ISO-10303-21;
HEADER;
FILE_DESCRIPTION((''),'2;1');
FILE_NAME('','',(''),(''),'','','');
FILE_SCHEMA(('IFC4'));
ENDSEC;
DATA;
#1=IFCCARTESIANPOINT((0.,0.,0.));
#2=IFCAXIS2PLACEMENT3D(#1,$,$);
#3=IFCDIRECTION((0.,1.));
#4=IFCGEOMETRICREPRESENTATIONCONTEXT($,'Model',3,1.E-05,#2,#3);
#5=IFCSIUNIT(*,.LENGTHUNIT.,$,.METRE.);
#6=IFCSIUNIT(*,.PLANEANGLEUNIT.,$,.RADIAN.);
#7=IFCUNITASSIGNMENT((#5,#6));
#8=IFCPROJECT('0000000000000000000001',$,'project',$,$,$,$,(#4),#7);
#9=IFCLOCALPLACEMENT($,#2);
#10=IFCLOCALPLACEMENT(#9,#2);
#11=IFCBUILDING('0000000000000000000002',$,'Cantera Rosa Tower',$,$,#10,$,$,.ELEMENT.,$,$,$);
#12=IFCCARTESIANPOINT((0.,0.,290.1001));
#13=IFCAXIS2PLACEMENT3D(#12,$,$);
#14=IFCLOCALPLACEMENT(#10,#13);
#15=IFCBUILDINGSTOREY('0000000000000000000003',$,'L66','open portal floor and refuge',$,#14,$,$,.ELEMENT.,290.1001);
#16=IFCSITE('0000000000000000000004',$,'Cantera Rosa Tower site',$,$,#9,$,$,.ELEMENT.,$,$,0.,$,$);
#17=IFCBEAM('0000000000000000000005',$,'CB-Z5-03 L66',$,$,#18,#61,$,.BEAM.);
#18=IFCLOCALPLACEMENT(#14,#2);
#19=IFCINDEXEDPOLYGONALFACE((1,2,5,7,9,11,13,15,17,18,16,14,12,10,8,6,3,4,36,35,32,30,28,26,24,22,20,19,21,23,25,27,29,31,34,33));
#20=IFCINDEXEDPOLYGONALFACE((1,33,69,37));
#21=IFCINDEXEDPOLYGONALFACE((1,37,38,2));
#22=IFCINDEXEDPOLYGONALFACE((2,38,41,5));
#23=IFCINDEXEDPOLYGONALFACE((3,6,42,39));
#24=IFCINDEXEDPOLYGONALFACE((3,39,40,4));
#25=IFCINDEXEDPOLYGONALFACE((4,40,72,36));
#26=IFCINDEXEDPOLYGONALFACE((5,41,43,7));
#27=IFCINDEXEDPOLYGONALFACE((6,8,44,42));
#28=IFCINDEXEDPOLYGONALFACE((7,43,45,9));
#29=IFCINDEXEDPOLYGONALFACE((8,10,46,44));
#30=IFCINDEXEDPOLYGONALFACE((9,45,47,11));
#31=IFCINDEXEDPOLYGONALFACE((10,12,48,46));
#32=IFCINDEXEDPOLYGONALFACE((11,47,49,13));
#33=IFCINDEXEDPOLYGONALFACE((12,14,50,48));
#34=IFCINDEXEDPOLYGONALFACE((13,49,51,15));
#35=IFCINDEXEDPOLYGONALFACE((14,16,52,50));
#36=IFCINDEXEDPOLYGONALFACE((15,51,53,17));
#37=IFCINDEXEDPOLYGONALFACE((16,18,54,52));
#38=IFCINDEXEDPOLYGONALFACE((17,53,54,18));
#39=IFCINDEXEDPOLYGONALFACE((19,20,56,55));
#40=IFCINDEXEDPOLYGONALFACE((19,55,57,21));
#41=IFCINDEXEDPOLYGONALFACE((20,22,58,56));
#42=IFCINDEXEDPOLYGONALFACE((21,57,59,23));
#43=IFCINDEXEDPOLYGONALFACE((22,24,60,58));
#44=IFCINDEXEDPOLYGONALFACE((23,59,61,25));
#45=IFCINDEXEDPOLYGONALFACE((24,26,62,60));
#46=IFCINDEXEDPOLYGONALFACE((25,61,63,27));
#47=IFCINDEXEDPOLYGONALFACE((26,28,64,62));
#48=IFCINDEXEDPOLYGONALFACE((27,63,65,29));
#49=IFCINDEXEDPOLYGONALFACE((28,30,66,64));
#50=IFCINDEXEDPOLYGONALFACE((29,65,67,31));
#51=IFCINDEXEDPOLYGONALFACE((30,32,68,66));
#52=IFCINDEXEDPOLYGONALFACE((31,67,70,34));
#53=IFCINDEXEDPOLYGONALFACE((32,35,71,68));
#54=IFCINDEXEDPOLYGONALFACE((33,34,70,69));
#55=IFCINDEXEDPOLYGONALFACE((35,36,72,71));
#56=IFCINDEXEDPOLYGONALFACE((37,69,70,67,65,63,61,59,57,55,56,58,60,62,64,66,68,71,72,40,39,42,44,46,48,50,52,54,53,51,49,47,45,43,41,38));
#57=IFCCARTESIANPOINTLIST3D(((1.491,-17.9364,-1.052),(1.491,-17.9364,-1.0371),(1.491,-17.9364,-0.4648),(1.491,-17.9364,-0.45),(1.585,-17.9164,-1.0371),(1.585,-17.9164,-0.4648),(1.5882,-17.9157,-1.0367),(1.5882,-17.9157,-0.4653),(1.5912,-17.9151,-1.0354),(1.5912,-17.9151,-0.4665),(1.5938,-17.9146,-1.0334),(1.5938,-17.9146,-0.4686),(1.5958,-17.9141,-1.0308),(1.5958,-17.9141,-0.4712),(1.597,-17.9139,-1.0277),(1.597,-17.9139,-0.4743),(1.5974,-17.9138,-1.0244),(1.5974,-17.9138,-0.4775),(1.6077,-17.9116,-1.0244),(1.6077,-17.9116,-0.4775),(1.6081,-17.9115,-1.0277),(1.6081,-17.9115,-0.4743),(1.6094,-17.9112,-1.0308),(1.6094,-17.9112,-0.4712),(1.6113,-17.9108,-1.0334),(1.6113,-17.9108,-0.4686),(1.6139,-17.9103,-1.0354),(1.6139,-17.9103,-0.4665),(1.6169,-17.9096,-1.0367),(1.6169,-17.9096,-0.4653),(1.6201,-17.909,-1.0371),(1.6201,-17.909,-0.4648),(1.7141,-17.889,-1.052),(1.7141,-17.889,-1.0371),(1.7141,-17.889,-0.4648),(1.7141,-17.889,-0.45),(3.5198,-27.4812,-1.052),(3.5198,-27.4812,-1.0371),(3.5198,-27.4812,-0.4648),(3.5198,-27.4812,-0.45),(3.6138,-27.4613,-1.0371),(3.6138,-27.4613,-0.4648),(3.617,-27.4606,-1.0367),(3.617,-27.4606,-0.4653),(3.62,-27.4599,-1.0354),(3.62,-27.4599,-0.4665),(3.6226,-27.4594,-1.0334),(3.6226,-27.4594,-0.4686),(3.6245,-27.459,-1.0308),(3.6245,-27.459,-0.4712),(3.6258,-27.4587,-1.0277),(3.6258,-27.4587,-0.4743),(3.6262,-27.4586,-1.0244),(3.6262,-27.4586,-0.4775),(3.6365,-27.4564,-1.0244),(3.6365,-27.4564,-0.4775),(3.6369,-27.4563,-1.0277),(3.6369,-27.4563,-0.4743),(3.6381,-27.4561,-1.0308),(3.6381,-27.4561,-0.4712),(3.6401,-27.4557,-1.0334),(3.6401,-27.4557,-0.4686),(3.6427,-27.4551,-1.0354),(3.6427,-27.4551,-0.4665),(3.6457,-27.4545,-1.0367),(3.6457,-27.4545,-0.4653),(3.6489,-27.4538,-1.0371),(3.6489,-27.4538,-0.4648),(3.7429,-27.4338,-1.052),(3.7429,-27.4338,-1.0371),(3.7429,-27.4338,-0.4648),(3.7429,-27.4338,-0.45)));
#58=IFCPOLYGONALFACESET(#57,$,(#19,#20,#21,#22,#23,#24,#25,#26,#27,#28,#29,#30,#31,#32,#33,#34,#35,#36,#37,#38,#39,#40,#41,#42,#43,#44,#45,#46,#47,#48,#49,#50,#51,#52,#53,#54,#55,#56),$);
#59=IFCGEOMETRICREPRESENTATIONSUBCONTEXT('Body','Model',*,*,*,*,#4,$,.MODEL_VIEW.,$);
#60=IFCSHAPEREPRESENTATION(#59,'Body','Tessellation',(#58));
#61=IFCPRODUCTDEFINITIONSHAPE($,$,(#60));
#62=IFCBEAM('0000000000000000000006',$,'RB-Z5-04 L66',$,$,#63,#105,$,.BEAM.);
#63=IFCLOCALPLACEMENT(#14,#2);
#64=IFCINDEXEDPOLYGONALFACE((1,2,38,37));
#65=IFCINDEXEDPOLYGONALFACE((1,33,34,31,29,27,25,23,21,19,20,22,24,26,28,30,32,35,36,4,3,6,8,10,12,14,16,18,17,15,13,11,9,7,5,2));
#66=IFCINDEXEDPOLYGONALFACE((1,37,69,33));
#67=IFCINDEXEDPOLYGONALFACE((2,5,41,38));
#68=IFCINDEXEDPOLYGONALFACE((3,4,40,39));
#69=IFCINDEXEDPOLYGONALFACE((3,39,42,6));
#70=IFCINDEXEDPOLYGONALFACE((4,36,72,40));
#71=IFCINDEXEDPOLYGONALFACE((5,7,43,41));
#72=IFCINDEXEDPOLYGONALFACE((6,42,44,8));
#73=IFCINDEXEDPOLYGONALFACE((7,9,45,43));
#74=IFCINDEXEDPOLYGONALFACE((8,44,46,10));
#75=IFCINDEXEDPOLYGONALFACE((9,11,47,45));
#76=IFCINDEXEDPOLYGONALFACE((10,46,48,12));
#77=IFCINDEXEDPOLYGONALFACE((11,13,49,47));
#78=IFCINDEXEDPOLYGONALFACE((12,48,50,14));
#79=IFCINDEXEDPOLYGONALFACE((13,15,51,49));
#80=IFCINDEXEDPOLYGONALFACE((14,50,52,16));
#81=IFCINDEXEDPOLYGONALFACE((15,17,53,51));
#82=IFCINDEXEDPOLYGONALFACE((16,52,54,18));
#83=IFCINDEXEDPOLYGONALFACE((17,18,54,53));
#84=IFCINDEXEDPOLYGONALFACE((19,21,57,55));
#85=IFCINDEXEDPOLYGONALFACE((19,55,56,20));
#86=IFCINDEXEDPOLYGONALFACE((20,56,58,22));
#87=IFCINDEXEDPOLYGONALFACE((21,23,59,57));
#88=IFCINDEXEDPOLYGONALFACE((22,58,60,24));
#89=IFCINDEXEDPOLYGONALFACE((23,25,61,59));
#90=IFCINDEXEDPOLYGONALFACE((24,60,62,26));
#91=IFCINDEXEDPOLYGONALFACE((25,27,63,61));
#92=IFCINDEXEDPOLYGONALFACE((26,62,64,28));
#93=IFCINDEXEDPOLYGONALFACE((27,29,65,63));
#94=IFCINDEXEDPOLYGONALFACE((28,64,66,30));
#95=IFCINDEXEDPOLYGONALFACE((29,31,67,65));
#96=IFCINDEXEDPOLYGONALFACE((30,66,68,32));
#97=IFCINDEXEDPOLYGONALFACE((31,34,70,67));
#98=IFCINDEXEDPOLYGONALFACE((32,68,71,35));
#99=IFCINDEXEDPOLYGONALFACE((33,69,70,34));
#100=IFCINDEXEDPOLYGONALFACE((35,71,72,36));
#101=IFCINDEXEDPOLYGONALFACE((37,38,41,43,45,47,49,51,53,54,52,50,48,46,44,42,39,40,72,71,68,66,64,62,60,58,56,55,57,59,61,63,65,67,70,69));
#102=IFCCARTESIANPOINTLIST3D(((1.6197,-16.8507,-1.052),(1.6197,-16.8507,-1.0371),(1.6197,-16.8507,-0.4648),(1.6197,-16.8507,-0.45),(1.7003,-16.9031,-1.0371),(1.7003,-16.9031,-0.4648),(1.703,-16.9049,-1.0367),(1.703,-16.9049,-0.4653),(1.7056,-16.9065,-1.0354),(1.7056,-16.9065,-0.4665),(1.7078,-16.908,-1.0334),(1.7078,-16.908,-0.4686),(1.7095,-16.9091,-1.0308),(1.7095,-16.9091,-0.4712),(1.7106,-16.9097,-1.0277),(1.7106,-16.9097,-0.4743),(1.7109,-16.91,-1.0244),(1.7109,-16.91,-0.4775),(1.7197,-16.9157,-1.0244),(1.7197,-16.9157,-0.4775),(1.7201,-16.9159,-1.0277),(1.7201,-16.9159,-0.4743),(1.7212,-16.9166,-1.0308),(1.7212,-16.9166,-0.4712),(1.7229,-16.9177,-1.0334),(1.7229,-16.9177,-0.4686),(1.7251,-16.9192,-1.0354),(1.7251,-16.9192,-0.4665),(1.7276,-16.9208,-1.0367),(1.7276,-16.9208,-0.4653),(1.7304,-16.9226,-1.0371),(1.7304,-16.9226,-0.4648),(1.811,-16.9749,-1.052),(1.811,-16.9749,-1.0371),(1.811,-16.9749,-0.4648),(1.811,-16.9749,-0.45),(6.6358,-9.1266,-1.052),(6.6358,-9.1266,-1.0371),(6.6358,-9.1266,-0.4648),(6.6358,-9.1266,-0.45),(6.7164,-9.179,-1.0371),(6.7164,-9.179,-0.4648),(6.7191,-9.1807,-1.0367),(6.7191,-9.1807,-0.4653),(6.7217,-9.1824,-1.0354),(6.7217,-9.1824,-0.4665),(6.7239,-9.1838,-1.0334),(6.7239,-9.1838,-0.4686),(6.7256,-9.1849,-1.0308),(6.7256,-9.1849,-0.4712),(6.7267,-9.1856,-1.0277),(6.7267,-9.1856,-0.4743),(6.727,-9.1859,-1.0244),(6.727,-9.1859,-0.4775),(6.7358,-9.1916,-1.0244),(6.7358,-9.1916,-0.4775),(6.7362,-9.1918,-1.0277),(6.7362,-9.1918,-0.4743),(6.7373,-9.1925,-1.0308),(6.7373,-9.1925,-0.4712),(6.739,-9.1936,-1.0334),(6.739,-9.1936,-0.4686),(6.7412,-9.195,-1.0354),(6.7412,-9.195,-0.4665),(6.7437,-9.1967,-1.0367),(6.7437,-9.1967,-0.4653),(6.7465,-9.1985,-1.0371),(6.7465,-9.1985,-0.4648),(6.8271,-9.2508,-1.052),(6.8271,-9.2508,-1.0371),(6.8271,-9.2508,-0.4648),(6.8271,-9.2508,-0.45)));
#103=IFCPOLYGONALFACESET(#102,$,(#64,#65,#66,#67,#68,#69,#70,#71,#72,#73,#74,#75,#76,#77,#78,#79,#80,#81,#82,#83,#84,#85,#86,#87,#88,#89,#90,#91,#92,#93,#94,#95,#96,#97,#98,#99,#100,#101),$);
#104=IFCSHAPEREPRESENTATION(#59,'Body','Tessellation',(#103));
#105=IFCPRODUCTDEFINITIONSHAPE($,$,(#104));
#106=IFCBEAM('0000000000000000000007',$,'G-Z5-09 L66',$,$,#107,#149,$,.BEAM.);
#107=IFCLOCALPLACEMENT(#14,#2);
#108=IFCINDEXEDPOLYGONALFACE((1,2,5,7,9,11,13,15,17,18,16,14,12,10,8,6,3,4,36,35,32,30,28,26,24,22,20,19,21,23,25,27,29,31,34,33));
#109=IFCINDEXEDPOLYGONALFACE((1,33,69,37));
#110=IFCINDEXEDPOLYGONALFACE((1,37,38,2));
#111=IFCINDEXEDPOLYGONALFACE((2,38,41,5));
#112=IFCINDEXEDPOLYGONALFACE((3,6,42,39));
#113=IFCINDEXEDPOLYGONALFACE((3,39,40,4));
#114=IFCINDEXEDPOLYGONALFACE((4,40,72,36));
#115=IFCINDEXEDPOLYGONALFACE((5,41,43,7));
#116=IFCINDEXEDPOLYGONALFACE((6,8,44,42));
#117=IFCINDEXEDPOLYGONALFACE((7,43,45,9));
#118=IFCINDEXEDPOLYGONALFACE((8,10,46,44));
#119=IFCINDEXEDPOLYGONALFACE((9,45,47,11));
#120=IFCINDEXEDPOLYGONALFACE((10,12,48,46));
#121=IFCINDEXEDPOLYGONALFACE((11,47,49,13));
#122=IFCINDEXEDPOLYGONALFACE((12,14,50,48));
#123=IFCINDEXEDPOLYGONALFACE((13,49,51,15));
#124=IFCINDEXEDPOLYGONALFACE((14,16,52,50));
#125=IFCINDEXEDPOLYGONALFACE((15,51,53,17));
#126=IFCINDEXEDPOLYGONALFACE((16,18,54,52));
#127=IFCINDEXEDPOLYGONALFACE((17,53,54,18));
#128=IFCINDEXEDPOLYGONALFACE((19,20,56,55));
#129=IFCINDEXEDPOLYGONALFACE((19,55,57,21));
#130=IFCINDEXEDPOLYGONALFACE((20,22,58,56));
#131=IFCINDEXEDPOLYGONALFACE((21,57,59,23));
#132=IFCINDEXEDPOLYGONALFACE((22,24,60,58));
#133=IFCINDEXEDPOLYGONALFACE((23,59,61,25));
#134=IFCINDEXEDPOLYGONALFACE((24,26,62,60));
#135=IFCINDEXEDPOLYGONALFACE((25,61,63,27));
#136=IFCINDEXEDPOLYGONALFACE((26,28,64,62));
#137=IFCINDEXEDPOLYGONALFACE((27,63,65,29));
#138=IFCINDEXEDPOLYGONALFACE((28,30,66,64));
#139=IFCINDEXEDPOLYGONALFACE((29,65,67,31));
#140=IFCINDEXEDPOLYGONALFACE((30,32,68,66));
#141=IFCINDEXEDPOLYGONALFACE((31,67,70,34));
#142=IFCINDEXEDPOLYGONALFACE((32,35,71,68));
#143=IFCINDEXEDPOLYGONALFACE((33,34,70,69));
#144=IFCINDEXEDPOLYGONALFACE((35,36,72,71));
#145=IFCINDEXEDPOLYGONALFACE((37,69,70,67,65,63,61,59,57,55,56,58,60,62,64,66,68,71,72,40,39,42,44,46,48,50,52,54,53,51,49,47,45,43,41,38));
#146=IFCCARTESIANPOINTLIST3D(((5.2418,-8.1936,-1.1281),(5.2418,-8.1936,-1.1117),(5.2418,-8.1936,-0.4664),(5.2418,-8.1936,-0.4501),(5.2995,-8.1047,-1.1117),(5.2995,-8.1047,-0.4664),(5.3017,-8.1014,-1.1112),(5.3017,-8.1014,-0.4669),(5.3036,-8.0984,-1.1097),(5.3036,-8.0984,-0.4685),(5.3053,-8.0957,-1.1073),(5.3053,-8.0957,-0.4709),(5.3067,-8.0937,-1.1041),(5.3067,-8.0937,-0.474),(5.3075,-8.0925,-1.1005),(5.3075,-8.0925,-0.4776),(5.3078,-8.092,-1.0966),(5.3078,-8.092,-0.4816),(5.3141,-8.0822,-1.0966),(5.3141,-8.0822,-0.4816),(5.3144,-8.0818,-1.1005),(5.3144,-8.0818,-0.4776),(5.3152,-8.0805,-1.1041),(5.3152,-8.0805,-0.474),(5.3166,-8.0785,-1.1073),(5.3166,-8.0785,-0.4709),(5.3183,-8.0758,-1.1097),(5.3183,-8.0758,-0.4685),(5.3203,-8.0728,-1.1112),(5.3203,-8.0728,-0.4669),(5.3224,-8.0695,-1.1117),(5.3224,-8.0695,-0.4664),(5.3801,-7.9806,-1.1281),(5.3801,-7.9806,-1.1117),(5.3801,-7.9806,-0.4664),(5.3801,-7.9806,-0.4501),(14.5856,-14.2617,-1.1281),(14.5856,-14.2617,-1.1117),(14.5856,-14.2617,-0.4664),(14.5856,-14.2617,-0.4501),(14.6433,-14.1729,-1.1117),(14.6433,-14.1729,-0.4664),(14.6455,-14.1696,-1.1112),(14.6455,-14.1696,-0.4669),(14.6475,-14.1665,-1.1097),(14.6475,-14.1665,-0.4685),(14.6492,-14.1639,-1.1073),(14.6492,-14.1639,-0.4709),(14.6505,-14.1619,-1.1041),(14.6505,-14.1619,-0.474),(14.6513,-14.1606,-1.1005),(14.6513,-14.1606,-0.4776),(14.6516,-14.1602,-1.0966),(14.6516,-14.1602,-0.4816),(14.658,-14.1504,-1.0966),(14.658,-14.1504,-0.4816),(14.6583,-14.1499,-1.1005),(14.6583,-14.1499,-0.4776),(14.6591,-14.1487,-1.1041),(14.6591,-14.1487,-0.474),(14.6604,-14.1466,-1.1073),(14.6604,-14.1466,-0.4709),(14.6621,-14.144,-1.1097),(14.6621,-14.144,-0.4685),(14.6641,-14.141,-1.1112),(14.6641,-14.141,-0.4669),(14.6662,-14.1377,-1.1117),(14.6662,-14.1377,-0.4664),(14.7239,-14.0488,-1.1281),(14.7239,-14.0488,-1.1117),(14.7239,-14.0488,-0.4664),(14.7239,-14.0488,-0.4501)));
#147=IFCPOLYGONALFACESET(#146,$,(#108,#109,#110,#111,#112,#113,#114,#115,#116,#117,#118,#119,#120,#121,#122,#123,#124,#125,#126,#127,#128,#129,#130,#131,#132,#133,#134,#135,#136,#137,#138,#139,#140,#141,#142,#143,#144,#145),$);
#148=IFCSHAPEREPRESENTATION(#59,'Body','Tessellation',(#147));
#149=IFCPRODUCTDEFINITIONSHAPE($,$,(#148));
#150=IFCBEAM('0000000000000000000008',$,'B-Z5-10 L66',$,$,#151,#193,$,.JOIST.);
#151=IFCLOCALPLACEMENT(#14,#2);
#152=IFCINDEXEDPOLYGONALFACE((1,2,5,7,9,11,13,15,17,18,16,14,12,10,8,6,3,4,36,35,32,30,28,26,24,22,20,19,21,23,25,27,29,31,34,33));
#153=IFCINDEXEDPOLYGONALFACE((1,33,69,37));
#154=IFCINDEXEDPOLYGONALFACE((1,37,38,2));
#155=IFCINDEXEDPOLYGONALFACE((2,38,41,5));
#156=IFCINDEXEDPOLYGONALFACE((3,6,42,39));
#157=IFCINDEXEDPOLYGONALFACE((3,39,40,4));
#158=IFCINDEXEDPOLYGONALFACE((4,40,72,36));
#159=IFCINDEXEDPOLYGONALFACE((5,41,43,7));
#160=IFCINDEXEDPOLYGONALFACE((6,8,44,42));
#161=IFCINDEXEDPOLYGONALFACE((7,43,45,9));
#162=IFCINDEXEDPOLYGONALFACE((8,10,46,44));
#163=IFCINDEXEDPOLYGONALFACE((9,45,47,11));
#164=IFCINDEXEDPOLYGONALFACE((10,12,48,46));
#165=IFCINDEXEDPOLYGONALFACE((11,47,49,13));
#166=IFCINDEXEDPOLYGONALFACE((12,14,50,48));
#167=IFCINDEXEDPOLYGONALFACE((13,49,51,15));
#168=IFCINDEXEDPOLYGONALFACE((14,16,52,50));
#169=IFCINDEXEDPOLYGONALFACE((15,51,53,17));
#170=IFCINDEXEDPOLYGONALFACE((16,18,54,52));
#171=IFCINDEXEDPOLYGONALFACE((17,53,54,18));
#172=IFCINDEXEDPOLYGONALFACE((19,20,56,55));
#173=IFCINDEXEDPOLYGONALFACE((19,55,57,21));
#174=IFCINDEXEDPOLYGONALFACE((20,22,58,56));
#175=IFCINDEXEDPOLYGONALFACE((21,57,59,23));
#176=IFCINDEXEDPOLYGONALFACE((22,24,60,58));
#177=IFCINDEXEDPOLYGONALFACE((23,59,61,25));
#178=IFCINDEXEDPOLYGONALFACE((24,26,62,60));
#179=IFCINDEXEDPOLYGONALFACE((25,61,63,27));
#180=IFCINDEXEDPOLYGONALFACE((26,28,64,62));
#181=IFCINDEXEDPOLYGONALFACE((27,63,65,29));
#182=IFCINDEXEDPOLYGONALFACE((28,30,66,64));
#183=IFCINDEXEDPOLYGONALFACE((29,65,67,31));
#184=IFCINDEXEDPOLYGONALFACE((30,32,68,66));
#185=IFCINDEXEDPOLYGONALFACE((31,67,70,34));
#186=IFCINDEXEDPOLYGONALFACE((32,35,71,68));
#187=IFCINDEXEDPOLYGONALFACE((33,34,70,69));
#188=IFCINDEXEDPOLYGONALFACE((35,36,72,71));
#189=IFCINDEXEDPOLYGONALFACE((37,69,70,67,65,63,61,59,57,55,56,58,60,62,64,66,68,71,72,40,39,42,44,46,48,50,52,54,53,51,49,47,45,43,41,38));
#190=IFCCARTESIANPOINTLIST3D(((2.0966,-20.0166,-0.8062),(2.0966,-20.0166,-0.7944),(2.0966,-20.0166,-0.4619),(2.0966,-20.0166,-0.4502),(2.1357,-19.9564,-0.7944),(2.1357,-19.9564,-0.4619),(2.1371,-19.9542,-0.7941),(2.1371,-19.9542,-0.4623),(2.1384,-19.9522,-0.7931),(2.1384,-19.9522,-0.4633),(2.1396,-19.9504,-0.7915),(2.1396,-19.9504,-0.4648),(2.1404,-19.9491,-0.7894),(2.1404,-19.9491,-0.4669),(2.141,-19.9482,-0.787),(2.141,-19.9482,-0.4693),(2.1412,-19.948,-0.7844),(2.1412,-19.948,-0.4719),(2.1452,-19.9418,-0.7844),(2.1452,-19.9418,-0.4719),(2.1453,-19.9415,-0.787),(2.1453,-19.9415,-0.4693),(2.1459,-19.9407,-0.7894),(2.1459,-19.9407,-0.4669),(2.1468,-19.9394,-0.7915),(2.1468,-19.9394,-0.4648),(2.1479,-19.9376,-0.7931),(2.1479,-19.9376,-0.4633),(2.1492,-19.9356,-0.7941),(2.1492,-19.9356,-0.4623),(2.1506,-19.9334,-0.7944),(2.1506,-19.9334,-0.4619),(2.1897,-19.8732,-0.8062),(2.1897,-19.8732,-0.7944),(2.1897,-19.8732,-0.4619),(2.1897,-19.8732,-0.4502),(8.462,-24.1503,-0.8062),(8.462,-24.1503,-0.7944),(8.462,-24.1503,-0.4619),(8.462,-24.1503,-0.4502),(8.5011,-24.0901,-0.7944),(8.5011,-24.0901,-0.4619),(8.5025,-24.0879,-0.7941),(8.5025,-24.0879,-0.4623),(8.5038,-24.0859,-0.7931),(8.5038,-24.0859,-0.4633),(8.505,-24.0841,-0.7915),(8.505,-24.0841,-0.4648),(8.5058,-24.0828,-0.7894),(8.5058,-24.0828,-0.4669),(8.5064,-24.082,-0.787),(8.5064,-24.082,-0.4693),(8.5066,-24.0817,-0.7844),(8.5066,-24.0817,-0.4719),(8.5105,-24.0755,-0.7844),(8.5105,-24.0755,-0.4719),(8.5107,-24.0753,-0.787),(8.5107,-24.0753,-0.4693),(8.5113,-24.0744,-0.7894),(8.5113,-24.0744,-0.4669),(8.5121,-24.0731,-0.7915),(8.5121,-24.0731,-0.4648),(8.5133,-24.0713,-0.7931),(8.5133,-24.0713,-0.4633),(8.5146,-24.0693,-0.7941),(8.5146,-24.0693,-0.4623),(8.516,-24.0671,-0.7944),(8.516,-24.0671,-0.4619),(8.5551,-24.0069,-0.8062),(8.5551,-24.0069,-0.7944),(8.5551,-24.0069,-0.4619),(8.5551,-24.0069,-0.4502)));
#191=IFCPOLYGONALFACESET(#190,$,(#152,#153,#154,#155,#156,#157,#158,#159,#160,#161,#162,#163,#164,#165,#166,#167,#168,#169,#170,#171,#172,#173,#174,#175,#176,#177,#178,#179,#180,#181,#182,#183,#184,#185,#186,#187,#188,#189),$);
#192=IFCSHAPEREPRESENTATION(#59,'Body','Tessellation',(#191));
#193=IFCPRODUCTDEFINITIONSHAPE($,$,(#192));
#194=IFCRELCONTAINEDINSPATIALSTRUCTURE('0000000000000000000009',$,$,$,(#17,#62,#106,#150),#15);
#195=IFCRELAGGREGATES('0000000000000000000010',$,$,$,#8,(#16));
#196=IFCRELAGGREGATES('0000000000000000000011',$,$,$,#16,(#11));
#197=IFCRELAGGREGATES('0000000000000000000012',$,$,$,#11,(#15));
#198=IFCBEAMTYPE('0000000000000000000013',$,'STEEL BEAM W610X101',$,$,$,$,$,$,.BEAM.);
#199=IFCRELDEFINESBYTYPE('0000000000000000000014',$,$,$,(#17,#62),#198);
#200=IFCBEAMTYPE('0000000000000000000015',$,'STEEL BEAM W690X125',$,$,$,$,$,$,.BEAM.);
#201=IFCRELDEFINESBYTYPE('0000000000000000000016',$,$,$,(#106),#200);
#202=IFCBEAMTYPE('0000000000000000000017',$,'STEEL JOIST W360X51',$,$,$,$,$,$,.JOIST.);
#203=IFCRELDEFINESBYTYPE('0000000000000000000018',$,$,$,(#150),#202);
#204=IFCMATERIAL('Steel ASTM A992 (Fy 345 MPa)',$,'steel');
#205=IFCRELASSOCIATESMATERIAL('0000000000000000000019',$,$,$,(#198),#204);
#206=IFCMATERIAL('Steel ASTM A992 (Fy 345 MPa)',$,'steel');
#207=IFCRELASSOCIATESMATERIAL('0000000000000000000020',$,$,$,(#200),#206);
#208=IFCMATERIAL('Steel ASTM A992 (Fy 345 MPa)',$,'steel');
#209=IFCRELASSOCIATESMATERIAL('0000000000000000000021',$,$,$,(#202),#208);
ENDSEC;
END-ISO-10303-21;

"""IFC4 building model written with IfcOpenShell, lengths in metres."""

from ifc_helpers import new_model, si_unit, direction, frame, origin, origin_2d, place, context, subcontext, project, spatial, i_section, extrude, material, material_profile, profile_set, type_object, element, save


model = new_model("IFC4")

# Units and contexts
model_context = context("Model", 3, precision=1e-05, world=origin(), true_north=direction((0.0, 1.0)))
body_context = subcontext(model_context, "Body", "Model", "MODEL_VIEW")
ifc_project = project(units=[si_unit("LENGTHUNIT", "METRE"), si_unit("PLANEANGLEUNIT", "RADIAN")], contexts=[model_context])

# Site, building, storey
site_placement = place(None, origin())
site = spatial("IfcSite", under=ifc_project, at=site_placement, Name="Cantera Rosa Tower site", CompositionType="ELEMENT", RefElevation=0.0)
building_placement = place(site_placement, origin())
building = spatial("IfcBuilding", under=site, at=building_placement, Name="Cantera Rosa Tower", CompositionType="ELEMENT")
storey_placement = place(building_placement, frame((0.0, 0.0, 290.1001)))
storey = spatial("IfcBuildingStorey", under=building, at=storey_placement, Name="L66", Description="open portal floor and refuge", CompositionType="ELEMENT", Elevation=290.1001)

# Beams
ifc_material_1 = material(Name="Steel ASTM A992 (Fy 345 MPa)", Category="steel")
ifc_material_profile_1 = material_profile(ifc_material_1, i_section(OverallWidth=0.228, OverallDepth=0.6021, WebThickness=0.0105, FlangeThickness=0.0149, FilletRadius=0.0127, at=origin_2d()), Name="W610X101")
ifc_profile_set_1 = profile_set([ifc_material_profile_1], Name="Steel ASTM A992 (Fy 345 MPa)")
beam_type_1 = type_object("IfcBeamType", Name="STEEL BEAM W610X101", PredefinedType="BEAM", material=ifc_profile_set_1)
beam_1_placement = place(storey_placement, frame((3.6313, -27.4575, -0.751), z_axis=(-0.207909, 0.978148, 0.0), x_axis=(-0.978148, -0.207909, 0.0)))
element("IfcBeam", 1, at=beam_1_placement, inside=storey, type_object=beam_type_1, Name="CB-Z5-03 L66", PredefinedType="BEAM", context=body_context, shape_type="SweptSolid", body=[
    extrude(i_section(OverallWidth=0.228, OverallDepth=0.6021, WebThickness=0.0105, FlangeThickness=0.0149, FilletRadius=0.0127, at=origin_2d()), origin(), (0.0, 0.0, 1.0), 9.7581),
])
beam_2_placement = place(storey_placement, frame((1.7153, -16.9128, -0.751), z_axis=(0.54464, 0.83867, 0.0), x_axis=(-0.83867, 0.54464, 0.0)))
element("IfcBeam", 2, at=beam_2_placement, inside=storey, type_object=beam_type_1, Name="RB-Z5-04 L66", PredefinedType="BEAM", context=body_context, shape_type="SweptSolid", body=[
    extrude(i_section(OverallWidth=0.228, OverallDepth=0.6021, WebThickness=0.0105, FlangeThickness=0.0149, FilletRadius=0.0127, at=origin_2d()), origin(), (0.0, 0.0, 1.0), 9.21),
])
ifc_material_2 = material(Name="Steel ASTM A992 (Fy 345 MPa)", Category="steel")
ifc_material_profile_2 = material_profile(ifc_material_2, i_section(OverallWidth=0.2539, OverallDepth=0.678, WebThickness=0.0117, FlangeThickness=0.0164, FilletRadius=0.0151, at=origin_2d()), Name="W690X125")
ifc_profile_set_2 = profile_set([ifc_material_profile_2], Name="Steel ASTM A992 (Fy 345 MPa)")
beam_type_2 = type_object("IfcBeamType", Name="STEEL BEAM W690X125", PredefinedType="BEAM", material=ifc_profile_set_2)
beam_3_placement = place(storey_placement, frame((14.6548, -14.1553, -0.7891), z_axis=(-0.838662, 0.544652, 0.0), x_axis=(-0.544652, -0.838662, 0.0)))
element("IfcBeam", 3, at=beam_3_placement, inside=storey, type_object=beam_type_2, Name="G-Z5-09 L66", PredefinedType="BEAM", context=body_context, shape_type="SweptSolid", body=[
    extrude(i_section(OverallWidth=0.2539, OverallDepth=0.678, WebThickness=0.0117, FlangeThickness=0.0164, FilletRadius=0.0151, at=origin_2d()), origin(), (0.0, 0.0, 1.0), 11.1414),
])
ifc_material_3 = material(Name="Steel ASTM A992 (Fy 345 MPa)", Category="steel")
ifc_material_profile_3 = material_profile(ifc_material_3, i_section(OverallWidth=0.1709, OverallDepth=0.356, WebThickness=0.0073, FlangeThickness=0.0117, FilletRadius=0.01, at=origin_2d()), Name="W360X51")
ifc_profile_set_3 = profile_set([ifc_material_profile_3], Name="Steel ASTM A992 (Fy 345 MPa)")
beam_type_3 = type_object("IfcBeamType", Name="STEEL JOIST W360X51", PredefinedType="JOIST", material=ifc_profile_set_3)
beam_4_placement = place(storey_placement, frame((8.5085, -24.0786, -0.6282), z_axis=(-0.838671, 0.544639, 0.0), x_axis=(-0.544639, -0.838671, 0.0)))
element("IfcBeam", 4, at=beam_4_placement, inside=storey, type_object=beam_type_3, Name="B-Z5-10 L66", PredefinedType="JOIST", context=body_context, shape_type="SweptSolid", body=[
    extrude(i_section(OverallWidth=0.1709, OverallDepth=0.356, WebThickness=0.0073, FlangeThickness=0.0117, FilletRadius=0.01, at=origin_2d()), origin(), (0.0, 0.0, 1.0), 7.5898),
])

save(model, "model.ifc")
